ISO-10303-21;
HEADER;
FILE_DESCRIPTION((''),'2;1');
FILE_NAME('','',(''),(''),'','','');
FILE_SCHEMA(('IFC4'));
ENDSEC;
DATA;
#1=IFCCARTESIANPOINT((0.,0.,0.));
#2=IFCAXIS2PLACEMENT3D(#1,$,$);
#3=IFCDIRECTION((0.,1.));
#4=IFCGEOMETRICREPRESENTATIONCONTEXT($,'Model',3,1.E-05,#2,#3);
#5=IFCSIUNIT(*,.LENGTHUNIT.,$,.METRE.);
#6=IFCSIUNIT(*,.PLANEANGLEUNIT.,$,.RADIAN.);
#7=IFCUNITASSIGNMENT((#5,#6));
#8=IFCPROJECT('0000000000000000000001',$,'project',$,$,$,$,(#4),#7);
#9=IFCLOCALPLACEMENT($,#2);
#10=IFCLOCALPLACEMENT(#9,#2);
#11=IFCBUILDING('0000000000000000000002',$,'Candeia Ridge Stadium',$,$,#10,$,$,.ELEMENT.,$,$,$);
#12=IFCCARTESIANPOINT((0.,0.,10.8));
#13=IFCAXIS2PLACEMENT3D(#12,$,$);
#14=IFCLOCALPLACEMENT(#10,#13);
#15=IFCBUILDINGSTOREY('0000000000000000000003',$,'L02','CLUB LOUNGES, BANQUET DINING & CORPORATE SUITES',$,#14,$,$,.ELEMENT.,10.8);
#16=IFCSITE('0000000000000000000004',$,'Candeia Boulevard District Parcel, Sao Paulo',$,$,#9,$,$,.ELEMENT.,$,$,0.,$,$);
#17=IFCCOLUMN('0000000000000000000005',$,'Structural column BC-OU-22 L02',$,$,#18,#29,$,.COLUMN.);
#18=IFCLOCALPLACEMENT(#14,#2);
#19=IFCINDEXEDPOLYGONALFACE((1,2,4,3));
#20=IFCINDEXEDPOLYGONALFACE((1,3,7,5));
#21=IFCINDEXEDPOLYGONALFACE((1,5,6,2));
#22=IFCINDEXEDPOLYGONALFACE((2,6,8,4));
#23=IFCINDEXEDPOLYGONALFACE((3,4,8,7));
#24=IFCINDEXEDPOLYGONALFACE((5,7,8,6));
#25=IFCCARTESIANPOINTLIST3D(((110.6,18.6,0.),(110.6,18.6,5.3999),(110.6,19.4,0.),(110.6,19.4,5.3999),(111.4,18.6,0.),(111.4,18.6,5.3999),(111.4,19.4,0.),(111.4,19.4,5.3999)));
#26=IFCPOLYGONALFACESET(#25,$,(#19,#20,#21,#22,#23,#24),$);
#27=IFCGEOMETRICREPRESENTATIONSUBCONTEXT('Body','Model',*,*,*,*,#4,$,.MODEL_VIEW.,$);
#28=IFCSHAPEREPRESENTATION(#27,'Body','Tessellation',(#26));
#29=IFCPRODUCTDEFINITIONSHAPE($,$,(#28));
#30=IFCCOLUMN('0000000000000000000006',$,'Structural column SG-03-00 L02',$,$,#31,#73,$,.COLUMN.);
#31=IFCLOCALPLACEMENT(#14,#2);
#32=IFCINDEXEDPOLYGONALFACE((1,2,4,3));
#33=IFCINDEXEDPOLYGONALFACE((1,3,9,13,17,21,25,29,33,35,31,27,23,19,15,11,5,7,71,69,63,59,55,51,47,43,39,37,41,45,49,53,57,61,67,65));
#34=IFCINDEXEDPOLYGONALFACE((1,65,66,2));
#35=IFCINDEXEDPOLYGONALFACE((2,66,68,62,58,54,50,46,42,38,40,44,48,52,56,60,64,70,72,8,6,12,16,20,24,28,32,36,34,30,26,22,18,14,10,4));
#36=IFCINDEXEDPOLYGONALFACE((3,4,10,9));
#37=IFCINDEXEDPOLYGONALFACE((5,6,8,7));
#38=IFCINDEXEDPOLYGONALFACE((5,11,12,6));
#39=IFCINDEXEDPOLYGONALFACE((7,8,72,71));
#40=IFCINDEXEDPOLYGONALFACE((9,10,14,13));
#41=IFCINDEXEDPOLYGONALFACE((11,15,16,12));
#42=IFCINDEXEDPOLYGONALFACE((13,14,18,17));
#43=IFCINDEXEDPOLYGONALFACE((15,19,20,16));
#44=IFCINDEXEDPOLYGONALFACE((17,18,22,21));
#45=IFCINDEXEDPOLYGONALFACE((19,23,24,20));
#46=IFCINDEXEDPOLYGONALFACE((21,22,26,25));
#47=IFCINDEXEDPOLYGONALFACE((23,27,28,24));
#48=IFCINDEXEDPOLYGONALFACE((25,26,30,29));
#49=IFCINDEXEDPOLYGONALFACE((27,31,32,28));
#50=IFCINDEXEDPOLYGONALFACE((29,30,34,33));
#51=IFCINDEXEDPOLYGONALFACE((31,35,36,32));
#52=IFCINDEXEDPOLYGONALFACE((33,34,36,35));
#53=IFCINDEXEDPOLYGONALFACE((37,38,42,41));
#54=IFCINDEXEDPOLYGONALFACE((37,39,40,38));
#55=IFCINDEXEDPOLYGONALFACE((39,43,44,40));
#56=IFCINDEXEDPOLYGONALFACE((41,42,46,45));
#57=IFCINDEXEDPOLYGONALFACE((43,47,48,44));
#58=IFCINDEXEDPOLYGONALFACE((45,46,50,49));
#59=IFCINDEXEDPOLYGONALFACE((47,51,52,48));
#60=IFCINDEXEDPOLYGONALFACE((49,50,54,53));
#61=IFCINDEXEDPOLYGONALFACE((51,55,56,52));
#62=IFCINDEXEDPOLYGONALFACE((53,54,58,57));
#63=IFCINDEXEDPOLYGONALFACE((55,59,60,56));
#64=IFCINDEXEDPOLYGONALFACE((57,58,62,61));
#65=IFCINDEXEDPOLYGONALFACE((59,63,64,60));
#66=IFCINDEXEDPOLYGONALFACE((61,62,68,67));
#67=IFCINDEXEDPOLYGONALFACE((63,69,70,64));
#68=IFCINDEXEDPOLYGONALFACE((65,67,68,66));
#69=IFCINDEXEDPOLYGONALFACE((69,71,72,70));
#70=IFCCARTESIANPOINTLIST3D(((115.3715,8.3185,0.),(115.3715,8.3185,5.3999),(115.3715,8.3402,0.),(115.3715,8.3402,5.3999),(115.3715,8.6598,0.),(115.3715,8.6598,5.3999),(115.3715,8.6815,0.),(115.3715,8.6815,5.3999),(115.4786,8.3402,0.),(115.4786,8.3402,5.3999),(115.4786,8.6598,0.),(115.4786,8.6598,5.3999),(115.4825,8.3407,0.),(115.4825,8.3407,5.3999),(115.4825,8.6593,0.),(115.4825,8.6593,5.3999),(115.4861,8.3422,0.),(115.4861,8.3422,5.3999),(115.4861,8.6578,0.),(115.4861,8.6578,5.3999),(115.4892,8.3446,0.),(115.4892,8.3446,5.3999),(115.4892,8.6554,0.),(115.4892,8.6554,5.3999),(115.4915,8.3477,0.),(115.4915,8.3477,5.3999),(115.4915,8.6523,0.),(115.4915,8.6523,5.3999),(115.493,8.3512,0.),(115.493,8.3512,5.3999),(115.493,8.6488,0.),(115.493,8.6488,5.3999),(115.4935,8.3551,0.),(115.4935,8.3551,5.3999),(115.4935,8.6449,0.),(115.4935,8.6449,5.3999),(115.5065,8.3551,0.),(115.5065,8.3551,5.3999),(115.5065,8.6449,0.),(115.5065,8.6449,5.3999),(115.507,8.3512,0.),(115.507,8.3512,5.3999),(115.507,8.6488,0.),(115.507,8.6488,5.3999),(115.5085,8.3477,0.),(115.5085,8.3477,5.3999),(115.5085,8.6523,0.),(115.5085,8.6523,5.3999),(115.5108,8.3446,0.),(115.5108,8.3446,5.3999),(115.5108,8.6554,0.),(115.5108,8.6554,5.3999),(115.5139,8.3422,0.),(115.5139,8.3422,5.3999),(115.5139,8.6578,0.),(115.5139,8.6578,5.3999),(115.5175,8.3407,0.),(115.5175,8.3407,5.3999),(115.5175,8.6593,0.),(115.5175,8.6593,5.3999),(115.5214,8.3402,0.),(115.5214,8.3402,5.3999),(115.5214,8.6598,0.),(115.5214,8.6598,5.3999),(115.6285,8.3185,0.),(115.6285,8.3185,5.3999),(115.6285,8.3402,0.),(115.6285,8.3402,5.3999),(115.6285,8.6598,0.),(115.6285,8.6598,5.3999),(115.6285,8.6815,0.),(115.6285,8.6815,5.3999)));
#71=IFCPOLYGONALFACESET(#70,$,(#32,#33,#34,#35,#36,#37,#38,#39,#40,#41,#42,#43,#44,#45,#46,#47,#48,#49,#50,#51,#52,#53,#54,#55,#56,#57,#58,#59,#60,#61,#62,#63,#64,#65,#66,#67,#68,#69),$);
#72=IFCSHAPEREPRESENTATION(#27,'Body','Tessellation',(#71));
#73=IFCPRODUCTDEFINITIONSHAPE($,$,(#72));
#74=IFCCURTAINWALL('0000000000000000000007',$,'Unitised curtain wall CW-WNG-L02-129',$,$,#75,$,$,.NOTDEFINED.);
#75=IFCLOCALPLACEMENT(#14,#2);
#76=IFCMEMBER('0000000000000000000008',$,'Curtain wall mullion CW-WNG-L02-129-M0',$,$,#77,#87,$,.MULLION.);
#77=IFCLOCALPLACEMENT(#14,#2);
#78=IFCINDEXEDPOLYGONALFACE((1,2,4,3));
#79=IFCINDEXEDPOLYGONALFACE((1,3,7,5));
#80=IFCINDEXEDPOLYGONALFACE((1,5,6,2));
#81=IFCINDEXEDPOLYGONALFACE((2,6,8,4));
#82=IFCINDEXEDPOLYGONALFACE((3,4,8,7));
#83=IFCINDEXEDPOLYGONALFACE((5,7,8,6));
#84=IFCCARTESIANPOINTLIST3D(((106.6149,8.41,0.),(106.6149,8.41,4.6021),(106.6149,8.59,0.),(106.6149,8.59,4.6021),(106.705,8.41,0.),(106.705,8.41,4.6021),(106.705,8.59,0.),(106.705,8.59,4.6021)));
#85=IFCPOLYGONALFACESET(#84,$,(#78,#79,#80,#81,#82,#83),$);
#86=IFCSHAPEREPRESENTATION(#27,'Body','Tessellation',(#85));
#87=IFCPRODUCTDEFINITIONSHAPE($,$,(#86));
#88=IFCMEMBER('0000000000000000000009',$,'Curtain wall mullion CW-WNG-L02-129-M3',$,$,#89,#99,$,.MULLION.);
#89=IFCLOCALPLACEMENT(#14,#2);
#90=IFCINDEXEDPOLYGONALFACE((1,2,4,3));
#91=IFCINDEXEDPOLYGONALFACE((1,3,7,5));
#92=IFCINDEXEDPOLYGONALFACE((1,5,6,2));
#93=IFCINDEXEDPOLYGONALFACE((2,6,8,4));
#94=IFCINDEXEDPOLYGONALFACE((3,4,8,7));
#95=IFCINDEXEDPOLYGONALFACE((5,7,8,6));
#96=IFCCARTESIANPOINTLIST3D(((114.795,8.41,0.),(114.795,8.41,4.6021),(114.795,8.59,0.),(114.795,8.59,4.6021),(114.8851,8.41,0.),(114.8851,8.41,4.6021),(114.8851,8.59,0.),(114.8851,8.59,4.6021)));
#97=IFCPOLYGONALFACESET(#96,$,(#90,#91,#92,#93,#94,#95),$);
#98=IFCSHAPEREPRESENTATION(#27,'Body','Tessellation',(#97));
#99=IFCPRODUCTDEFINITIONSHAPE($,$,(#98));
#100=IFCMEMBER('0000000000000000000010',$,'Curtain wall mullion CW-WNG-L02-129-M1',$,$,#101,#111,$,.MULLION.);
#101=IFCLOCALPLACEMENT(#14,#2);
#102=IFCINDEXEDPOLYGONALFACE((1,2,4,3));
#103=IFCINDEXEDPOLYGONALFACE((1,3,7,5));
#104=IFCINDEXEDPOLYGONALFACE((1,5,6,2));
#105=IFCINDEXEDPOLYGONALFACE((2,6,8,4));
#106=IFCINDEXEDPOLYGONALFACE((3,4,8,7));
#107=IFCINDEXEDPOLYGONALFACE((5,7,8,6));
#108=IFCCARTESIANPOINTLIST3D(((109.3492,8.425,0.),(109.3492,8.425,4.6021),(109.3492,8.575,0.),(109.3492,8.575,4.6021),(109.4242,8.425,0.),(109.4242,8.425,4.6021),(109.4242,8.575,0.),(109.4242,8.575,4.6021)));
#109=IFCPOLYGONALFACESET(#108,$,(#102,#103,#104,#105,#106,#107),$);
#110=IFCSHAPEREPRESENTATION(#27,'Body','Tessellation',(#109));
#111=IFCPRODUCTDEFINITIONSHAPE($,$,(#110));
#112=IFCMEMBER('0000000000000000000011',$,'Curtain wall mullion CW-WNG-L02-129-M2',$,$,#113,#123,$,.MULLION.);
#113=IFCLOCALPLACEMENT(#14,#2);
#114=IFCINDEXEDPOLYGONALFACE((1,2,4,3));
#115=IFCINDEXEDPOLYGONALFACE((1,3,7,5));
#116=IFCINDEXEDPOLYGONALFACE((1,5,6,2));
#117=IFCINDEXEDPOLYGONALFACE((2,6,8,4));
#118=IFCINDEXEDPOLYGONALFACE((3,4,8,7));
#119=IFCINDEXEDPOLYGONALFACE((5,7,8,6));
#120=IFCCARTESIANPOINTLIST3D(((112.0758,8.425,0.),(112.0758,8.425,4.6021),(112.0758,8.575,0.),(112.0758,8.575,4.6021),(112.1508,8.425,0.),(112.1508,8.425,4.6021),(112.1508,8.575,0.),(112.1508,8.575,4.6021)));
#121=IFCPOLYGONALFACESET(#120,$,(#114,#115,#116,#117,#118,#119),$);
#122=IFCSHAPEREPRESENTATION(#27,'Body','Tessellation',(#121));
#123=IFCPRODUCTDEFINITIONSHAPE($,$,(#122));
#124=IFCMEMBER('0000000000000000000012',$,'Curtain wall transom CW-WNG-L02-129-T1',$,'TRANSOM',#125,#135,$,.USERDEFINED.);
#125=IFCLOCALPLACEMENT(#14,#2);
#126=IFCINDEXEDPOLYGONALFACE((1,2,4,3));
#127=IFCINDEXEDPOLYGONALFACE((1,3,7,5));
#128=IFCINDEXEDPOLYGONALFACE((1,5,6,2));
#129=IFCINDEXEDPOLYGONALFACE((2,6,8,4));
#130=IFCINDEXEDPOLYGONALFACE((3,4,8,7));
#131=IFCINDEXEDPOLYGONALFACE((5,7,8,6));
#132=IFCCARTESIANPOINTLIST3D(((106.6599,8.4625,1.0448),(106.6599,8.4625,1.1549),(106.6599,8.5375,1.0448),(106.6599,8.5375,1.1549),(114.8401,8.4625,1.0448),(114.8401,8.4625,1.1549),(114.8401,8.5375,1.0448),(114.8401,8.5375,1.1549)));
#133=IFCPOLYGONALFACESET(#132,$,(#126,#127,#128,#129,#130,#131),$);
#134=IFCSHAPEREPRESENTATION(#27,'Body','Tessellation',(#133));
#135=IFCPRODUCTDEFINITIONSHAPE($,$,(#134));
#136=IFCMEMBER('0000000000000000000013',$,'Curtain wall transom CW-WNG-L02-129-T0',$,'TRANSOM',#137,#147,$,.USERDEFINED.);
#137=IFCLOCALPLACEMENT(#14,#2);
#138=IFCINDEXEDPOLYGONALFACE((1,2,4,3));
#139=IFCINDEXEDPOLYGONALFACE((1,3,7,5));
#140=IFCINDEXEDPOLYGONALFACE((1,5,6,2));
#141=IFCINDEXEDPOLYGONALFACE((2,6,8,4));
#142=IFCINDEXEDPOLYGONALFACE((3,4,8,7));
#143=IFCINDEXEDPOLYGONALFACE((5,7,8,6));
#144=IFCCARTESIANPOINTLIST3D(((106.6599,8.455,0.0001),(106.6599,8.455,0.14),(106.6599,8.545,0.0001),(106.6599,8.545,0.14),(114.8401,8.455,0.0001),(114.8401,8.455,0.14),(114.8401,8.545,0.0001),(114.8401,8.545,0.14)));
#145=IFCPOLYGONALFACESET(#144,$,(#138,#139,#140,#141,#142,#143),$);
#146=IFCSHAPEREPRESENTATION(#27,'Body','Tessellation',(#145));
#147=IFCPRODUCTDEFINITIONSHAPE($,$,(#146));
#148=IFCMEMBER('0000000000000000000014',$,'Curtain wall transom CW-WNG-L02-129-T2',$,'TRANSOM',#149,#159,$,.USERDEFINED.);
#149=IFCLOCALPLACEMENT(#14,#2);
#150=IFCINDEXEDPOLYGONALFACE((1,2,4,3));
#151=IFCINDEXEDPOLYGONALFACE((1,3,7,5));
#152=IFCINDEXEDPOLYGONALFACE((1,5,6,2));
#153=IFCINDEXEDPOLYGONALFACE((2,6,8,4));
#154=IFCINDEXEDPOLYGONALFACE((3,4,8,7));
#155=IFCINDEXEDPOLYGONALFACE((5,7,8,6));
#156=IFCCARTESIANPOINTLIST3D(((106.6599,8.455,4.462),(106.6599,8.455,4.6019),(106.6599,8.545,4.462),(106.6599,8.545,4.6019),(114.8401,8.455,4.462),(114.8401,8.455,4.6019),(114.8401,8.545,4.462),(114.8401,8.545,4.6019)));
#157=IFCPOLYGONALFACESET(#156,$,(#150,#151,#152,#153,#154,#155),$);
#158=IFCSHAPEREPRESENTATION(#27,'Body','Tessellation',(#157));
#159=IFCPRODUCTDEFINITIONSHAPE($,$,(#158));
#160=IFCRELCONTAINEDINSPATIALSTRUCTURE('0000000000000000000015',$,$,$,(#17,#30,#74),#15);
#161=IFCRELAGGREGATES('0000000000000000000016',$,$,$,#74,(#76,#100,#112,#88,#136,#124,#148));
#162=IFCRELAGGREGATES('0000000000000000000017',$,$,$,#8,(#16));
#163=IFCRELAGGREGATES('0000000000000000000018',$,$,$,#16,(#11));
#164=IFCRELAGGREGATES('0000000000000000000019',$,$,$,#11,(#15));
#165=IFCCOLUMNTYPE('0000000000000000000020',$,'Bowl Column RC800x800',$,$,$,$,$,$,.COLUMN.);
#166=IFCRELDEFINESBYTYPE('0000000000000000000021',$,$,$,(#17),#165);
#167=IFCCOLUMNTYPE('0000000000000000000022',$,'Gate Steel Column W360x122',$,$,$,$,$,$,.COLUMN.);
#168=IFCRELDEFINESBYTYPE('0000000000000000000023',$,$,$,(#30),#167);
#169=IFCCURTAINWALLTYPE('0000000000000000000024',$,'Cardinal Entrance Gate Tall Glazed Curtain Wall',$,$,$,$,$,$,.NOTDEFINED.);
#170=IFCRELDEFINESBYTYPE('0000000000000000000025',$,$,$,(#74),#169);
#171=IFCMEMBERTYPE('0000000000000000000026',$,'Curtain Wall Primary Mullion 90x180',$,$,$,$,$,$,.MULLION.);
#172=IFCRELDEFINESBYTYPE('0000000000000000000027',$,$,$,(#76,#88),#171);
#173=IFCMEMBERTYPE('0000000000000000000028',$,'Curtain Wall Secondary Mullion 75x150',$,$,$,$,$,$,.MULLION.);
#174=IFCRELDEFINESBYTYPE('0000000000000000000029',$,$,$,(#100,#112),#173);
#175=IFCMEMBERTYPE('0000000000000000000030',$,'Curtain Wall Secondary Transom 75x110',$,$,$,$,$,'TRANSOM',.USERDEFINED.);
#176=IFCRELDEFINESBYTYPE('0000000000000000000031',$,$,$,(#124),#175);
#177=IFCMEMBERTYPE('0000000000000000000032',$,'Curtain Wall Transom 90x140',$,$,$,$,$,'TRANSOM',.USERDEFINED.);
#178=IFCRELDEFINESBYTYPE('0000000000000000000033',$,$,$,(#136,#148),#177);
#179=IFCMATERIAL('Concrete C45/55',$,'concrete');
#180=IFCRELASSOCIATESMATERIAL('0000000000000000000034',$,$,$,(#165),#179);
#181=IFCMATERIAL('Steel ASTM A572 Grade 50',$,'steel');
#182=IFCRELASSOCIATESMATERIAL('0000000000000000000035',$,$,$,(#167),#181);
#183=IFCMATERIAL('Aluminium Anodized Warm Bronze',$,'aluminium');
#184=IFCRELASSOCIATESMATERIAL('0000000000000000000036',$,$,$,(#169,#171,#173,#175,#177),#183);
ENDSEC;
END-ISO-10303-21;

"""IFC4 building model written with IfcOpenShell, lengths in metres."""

from ifc_helpers import new_model, si_unit, direction, frame, origin, origin_2d, place, context, subcontext, project, spatial, rectangle, i_section, extrude, material, material_profile, profile_set, type_object, element, aggregate, save


model = new_model("IFC4")

# Units and contexts
model_context = context("Model", 3, precision=1e-05, world=origin(), true_north=direction((0.0, 1.0)))
body_context = subcontext(model_context, "Body", "Model", "MODEL_VIEW")
ifc_project = project(units=[si_unit("LENGTHUNIT", "METRE"), si_unit("PLANEANGLEUNIT", "RADIAN")], contexts=[model_context])

# Site, building, storey
site_placement = place(None, origin())
site = spatial("IfcSite", under=ifc_project, at=site_placement, Name="Candeia Boulevard District Parcel, Sao Paulo", CompositionType="ELEMENT", RefElevation=0.0)
building_placement = place(site_placement, origin())
building = spatial("IfcBuilding", under=site, at=building_placement, Name="Candeia Ridge Stadium", CompositionType="ELEMENT")
storey_placement = place(building_placement, frame((0.0, 0.0, 10.8)))
storey = spatial("IfcBuildingStorey", under=building, at=storey_placement, Name="L02", Description="CLUB LOUNGES, BANQUET DINING & CORPORATE SUITES", CompositionType="ELEMENT", Elevation=10.8)

# Columns
ifc_material_1 = material(Name="Concrete C45/55", Category="concrete")
ifc_material_profile_1 = material_profile(ifc_material_1, rectangle(XDim=0.8, YDim=0.8, at=origin_2d()), Name="RC800x800", Category="concrete")
ifc_profile_set_1 = profile_set([ifc_material_profile_1], Name="Concrete C45/55")
column_type_1 = type_object("IfcColumnType", Name="Bowl Column RC800x800", PredefinedType="COLUMN", material=ifc_profile_set_1)
column_1_placement = place(storey_placement, frame((111.0, 19.0, 0.0), z_axis=(0.0, 0.0, 1.0), x_axis=(1.0, 0.0, 0.0)))
element("IfcColumn", 1, at=column_1_placement, inside=storey, type_object=column_type_1, Name="Structural column BC-OU-22 L02", PredefinedType="COLUMN", context=body_context, shape_type="SweptSolid", body=[
    extrude(rectangle(XDim=0.8, YDim=0.8, at=origin_2d()), origin(), (0.0, 0.0, 1.0), 5.3999),
])
ifc_material_2 = material(Name="Steel ASTM A572 Grade 50", Category="steel")
ifc_material_profile_2 = material_profile(ifc_material_2, i_section(OverallWidth=0.2571, OverallDepth=0.363, WebThickness=0.0129, FlangeThickness=0.0217, FilletRadius=0.0149, at=origin_2d()), Name="W360x122", Category="steel")
ifc_profile_set_2 = profile_set([ifc_material_profile_2], Name="Steel ASTM A572 Grade 50")
column_type_2 = type_object("IfcColumnType", Name="Gate Steel Column W360x122", PredefinedType="COLUMN", material=ifc_profile_set_2)
column_2_placement = place(storey_placement, frame((115.5, 8.5, 0.0), z_axis=(0.0, 0.0, 1.0), x_axis=(1.0, 0.0, 0.0)))
element("IfcColumn", 2, at=column_2_placement, inside=storey, type_object=column_type_2, Name="Structural column SG-03-00 L02", PredefinedType="COLUMN", context=body_context, shape_type="SweptSolid", body=[
    extrude(i_section(OverallWidth=0.2571, OverallDepth=0.363, WebThickness=0.0129, FlangeThickness=0.0217, FilletRadius=0.0149, at=origin_2d()), origin(), (0.0, 0.0, 1.0), 5.3999),
])

# Curtain wall, members
ifc_material_3 = material(Name="Aluminium Anodized Warm Bronze", Category="aluminium")
curtain_wall_type = type_object("IfcCurtainWallType", Name="Cardinal Entrance Gate Tall Glazed Curtain Wall", PredefinedType="NOTDEFINED", material=ifc_material_3)
curtain_wall_placement = place(storey_placement, origin())
curtain_wall = element("IfcCurtainWall", 3, at=curtain_wall_placement, inside=storey, type_object=curtain_wall_type, Name="Unitised curtain wall CW-WNG-L02-129", PredefinedType="NOTDEFINED")
ifc_material_profile_3 = material_profile(ifc_material_3, rectangle(XDim=0.0901, YDim=0.1799, at=origin_2d()), Name="CWM-90x180", Category="aluminium")
ifc_profile_set_3 = profile_set([ifc_material_profile_3], Name="Aluminium Anodized Warm Bronze")
member_type_1 = type_object("IfcMemberType", Name="Curtain Wall Primary Mullion 90x180", PredefinedType="MULLION", material=ifc_profile_set_3)
member_1_placement = place(storey_placement, frame((106.6599, 8.5, 0.0), z_axis=(0.0, 0.0, 1.0), x_axis=(1.0, 0.0, 0.0)))
member_1 = element("IfcMember", 4, at=member_1_placement, type_object=member_type_1, Name="Curtain wall mullion CW-WNG-L02-129-M0", PredefinedType="MULLION", context=body_context, shape_type="SweptSolid", body=[
    extrude(rectangle(XDim=0.0901, YDim=0.1799, at=origin_2d()), origin(), (0.0, 0.0, 1.0), 4.6021),
])
member_2_placement = place(storey_placement, frame((114.8401, 8.5, 0.0), z_axis=(0.0, 0.0, 1.0), x_axis=(1.0, 0.0, 0.0)))
member_2 = element("IfcMember", 5, at=member_2_placement, type_object=member_type_1, Name="Curtain wall mullion CW-WNG-L02-129-M3", PredefinedType="MULLION", context=body_context, shape_type="SweptSolid", body=[
    extrude(rectangle(XDim=0.0901, YDim=0.1799, at=origin_2d()), origin(), (0.0, 0.0, 1.0), 4.6021),
])
ifc_material_profile_4 = material_profile(ifc_material_3, rectangle(XDim=0.075, YDim=0.1499, at=origin_2d()), Name="CWM-75x150", Category="aluminium")
ifc_profile_set_4 = profile_set([ifc_material_profile_4], Name="Aluminium Anodized Warm Bronze")
member_type_2 = type_object("IfcMemberType", Name="Curtain Wall Secondary Mullion 75x150", PredefinedType="MULLION", material=ifc_profile_set_4)
member_3_placement = place(storey_placement, frame((109.3867, 8.5, 0.0), z_axis=(0.0, 0.0, 1.0), x_axis=(1.0, 0.0, 0.0)))
member_3 = element("IfcMember", 6, at=member_3_placement, type_object=member_type_2, Name="Curtain wall mullion CW-WNG-L02-129-M1", PredefinedType="MULLION", context=body_context, shape_type="SweptSolid", body=[
    extrude(rectangle(XDim=0.075, YDim=0.1499, at=origin_2d()), origin(), (0.0, 0.0, 1.0), 4.6021),
])
member_4_placement = place(storey_placement, frame((112.1133, 8.5, 0.0), z_axis=(0.0, 0.0, 1.0), x_axis=(1.0, 0.0, 0.0)))
member_4 = element("IfcMember", 7, at=member_4_placement, type_object=member_type_2, Name="Curtain wall mullion CW-WNG-L02-129-M2", PredefinedType="MULLION", context=body_context, shape_type="SweptSolid", body=[
    extrude(rectangle(XDim=0.075, YDim=0.1499, at=origin_2d()), origin(), (0.0, 0.0, 1.0), 4.6021),
])
ifc_material_profile_5 = material_profile(ifc_material_3, rectangle(XDim=0.075, YDim=0.1101, at=origin_2d()), Name="CWT-75x110", Category="aluminium")
ifc_profile_set_5 = profile_set([ifc_material_profile_5], Name="Aluminium Anodized Warm Bronze")
member_type_3 = type_object("IfcMemberType", Name="Curtain Wall Secondary Transom 75x110", ElementType="TRANSOM", PredefinedType="USERDEFINED", material=ifc_profile_set_5)
member_5_placement = place(storey_placement, frame((106.6599, 8.5, 1.0999), z_axis=(1.0, 0.0, 0.0), x_axis=(0.0, 1.0, 0.0)))
member_5 = element("IfcMember", 8, at=member_5_placement, type_object=member_type_3, Name="Curtain wall transom CW-WNG-L02-129-T1", ObjectType="TRANSOM", PredefinedType="USERDEFINED", context=body_context, shape_type="SweptSolid", body=[
    extrude(rectangle(XDim=0.075, YDim=0.1101, at=origin_2d()), origin(), (0.0, 0.0, 1.0), 8.1802),
])
ifc_material_profile_6 = material_profile(ifc_material_3, rectangle(XDim=0.0901, YDim=0.1399, at=origin_2d()), Name="CWT-90x140", Category="aluminium")
ifc_profile_set_6 = profile_set([ifc_material_profile_6], Name="Aluminium Anodized Warm Bronze")
member_type_4 = type_object("IfcMemberType", Name="Curtain Wall Transom 90x140", ElementType="TRANSOM", PredefinedType="USERDEFINED", material=ifc_profile_set_6)
member_6_placement = place(storey_placement, frame((106.6599, 8.5, 0.0701), z_axis=(1.0, 0.0, 0.0), x_axis=(0.0, 1.0, 0.0)))
member_6 = element("IfcMember", 9, at=member_6_placement, type_object=member_type_4, Name="Curtain wall transom CW-WNG-L02-129-T0", ObjectType="TRANSOM", PredefinedType="USERDEFINED", context=body_context, shape_type="SweptSolid", body=[
    extrude(rectangle(XDim=0.0901, YDim=0.1399, at=origin_2d()), origin(), (0.0, 0.0, 1.0), 8.1802),
])
member_7_placement = place(storey_placement, frame((106.6599, 8.5, 4.532), z_axis=(1.0, 0.0, 0.0), x_axis=(0.0, 1.0, 0.0)))
member_7 = element("IfcMember", 10, at=member_7_placement, type_object=member_type_4, Name="Curtain wall transom CW-WNG-L02-129-T2", ObjectType="TRANSOM", PredefinedType="USERDEFINED", context=body_context, shape_type="SweptSolid", body=[
    extrude(rectangle(XDim=0.0901, YDim=0.1399, at=origin_2d()), origin(), (0.0, 0.0, 1.0), 8.1802),
])

aggregate(curtain_wall, [member_1, member_3, member_4, member_2, member_6, member_5, member_7])

save(model, "model.ifc")
